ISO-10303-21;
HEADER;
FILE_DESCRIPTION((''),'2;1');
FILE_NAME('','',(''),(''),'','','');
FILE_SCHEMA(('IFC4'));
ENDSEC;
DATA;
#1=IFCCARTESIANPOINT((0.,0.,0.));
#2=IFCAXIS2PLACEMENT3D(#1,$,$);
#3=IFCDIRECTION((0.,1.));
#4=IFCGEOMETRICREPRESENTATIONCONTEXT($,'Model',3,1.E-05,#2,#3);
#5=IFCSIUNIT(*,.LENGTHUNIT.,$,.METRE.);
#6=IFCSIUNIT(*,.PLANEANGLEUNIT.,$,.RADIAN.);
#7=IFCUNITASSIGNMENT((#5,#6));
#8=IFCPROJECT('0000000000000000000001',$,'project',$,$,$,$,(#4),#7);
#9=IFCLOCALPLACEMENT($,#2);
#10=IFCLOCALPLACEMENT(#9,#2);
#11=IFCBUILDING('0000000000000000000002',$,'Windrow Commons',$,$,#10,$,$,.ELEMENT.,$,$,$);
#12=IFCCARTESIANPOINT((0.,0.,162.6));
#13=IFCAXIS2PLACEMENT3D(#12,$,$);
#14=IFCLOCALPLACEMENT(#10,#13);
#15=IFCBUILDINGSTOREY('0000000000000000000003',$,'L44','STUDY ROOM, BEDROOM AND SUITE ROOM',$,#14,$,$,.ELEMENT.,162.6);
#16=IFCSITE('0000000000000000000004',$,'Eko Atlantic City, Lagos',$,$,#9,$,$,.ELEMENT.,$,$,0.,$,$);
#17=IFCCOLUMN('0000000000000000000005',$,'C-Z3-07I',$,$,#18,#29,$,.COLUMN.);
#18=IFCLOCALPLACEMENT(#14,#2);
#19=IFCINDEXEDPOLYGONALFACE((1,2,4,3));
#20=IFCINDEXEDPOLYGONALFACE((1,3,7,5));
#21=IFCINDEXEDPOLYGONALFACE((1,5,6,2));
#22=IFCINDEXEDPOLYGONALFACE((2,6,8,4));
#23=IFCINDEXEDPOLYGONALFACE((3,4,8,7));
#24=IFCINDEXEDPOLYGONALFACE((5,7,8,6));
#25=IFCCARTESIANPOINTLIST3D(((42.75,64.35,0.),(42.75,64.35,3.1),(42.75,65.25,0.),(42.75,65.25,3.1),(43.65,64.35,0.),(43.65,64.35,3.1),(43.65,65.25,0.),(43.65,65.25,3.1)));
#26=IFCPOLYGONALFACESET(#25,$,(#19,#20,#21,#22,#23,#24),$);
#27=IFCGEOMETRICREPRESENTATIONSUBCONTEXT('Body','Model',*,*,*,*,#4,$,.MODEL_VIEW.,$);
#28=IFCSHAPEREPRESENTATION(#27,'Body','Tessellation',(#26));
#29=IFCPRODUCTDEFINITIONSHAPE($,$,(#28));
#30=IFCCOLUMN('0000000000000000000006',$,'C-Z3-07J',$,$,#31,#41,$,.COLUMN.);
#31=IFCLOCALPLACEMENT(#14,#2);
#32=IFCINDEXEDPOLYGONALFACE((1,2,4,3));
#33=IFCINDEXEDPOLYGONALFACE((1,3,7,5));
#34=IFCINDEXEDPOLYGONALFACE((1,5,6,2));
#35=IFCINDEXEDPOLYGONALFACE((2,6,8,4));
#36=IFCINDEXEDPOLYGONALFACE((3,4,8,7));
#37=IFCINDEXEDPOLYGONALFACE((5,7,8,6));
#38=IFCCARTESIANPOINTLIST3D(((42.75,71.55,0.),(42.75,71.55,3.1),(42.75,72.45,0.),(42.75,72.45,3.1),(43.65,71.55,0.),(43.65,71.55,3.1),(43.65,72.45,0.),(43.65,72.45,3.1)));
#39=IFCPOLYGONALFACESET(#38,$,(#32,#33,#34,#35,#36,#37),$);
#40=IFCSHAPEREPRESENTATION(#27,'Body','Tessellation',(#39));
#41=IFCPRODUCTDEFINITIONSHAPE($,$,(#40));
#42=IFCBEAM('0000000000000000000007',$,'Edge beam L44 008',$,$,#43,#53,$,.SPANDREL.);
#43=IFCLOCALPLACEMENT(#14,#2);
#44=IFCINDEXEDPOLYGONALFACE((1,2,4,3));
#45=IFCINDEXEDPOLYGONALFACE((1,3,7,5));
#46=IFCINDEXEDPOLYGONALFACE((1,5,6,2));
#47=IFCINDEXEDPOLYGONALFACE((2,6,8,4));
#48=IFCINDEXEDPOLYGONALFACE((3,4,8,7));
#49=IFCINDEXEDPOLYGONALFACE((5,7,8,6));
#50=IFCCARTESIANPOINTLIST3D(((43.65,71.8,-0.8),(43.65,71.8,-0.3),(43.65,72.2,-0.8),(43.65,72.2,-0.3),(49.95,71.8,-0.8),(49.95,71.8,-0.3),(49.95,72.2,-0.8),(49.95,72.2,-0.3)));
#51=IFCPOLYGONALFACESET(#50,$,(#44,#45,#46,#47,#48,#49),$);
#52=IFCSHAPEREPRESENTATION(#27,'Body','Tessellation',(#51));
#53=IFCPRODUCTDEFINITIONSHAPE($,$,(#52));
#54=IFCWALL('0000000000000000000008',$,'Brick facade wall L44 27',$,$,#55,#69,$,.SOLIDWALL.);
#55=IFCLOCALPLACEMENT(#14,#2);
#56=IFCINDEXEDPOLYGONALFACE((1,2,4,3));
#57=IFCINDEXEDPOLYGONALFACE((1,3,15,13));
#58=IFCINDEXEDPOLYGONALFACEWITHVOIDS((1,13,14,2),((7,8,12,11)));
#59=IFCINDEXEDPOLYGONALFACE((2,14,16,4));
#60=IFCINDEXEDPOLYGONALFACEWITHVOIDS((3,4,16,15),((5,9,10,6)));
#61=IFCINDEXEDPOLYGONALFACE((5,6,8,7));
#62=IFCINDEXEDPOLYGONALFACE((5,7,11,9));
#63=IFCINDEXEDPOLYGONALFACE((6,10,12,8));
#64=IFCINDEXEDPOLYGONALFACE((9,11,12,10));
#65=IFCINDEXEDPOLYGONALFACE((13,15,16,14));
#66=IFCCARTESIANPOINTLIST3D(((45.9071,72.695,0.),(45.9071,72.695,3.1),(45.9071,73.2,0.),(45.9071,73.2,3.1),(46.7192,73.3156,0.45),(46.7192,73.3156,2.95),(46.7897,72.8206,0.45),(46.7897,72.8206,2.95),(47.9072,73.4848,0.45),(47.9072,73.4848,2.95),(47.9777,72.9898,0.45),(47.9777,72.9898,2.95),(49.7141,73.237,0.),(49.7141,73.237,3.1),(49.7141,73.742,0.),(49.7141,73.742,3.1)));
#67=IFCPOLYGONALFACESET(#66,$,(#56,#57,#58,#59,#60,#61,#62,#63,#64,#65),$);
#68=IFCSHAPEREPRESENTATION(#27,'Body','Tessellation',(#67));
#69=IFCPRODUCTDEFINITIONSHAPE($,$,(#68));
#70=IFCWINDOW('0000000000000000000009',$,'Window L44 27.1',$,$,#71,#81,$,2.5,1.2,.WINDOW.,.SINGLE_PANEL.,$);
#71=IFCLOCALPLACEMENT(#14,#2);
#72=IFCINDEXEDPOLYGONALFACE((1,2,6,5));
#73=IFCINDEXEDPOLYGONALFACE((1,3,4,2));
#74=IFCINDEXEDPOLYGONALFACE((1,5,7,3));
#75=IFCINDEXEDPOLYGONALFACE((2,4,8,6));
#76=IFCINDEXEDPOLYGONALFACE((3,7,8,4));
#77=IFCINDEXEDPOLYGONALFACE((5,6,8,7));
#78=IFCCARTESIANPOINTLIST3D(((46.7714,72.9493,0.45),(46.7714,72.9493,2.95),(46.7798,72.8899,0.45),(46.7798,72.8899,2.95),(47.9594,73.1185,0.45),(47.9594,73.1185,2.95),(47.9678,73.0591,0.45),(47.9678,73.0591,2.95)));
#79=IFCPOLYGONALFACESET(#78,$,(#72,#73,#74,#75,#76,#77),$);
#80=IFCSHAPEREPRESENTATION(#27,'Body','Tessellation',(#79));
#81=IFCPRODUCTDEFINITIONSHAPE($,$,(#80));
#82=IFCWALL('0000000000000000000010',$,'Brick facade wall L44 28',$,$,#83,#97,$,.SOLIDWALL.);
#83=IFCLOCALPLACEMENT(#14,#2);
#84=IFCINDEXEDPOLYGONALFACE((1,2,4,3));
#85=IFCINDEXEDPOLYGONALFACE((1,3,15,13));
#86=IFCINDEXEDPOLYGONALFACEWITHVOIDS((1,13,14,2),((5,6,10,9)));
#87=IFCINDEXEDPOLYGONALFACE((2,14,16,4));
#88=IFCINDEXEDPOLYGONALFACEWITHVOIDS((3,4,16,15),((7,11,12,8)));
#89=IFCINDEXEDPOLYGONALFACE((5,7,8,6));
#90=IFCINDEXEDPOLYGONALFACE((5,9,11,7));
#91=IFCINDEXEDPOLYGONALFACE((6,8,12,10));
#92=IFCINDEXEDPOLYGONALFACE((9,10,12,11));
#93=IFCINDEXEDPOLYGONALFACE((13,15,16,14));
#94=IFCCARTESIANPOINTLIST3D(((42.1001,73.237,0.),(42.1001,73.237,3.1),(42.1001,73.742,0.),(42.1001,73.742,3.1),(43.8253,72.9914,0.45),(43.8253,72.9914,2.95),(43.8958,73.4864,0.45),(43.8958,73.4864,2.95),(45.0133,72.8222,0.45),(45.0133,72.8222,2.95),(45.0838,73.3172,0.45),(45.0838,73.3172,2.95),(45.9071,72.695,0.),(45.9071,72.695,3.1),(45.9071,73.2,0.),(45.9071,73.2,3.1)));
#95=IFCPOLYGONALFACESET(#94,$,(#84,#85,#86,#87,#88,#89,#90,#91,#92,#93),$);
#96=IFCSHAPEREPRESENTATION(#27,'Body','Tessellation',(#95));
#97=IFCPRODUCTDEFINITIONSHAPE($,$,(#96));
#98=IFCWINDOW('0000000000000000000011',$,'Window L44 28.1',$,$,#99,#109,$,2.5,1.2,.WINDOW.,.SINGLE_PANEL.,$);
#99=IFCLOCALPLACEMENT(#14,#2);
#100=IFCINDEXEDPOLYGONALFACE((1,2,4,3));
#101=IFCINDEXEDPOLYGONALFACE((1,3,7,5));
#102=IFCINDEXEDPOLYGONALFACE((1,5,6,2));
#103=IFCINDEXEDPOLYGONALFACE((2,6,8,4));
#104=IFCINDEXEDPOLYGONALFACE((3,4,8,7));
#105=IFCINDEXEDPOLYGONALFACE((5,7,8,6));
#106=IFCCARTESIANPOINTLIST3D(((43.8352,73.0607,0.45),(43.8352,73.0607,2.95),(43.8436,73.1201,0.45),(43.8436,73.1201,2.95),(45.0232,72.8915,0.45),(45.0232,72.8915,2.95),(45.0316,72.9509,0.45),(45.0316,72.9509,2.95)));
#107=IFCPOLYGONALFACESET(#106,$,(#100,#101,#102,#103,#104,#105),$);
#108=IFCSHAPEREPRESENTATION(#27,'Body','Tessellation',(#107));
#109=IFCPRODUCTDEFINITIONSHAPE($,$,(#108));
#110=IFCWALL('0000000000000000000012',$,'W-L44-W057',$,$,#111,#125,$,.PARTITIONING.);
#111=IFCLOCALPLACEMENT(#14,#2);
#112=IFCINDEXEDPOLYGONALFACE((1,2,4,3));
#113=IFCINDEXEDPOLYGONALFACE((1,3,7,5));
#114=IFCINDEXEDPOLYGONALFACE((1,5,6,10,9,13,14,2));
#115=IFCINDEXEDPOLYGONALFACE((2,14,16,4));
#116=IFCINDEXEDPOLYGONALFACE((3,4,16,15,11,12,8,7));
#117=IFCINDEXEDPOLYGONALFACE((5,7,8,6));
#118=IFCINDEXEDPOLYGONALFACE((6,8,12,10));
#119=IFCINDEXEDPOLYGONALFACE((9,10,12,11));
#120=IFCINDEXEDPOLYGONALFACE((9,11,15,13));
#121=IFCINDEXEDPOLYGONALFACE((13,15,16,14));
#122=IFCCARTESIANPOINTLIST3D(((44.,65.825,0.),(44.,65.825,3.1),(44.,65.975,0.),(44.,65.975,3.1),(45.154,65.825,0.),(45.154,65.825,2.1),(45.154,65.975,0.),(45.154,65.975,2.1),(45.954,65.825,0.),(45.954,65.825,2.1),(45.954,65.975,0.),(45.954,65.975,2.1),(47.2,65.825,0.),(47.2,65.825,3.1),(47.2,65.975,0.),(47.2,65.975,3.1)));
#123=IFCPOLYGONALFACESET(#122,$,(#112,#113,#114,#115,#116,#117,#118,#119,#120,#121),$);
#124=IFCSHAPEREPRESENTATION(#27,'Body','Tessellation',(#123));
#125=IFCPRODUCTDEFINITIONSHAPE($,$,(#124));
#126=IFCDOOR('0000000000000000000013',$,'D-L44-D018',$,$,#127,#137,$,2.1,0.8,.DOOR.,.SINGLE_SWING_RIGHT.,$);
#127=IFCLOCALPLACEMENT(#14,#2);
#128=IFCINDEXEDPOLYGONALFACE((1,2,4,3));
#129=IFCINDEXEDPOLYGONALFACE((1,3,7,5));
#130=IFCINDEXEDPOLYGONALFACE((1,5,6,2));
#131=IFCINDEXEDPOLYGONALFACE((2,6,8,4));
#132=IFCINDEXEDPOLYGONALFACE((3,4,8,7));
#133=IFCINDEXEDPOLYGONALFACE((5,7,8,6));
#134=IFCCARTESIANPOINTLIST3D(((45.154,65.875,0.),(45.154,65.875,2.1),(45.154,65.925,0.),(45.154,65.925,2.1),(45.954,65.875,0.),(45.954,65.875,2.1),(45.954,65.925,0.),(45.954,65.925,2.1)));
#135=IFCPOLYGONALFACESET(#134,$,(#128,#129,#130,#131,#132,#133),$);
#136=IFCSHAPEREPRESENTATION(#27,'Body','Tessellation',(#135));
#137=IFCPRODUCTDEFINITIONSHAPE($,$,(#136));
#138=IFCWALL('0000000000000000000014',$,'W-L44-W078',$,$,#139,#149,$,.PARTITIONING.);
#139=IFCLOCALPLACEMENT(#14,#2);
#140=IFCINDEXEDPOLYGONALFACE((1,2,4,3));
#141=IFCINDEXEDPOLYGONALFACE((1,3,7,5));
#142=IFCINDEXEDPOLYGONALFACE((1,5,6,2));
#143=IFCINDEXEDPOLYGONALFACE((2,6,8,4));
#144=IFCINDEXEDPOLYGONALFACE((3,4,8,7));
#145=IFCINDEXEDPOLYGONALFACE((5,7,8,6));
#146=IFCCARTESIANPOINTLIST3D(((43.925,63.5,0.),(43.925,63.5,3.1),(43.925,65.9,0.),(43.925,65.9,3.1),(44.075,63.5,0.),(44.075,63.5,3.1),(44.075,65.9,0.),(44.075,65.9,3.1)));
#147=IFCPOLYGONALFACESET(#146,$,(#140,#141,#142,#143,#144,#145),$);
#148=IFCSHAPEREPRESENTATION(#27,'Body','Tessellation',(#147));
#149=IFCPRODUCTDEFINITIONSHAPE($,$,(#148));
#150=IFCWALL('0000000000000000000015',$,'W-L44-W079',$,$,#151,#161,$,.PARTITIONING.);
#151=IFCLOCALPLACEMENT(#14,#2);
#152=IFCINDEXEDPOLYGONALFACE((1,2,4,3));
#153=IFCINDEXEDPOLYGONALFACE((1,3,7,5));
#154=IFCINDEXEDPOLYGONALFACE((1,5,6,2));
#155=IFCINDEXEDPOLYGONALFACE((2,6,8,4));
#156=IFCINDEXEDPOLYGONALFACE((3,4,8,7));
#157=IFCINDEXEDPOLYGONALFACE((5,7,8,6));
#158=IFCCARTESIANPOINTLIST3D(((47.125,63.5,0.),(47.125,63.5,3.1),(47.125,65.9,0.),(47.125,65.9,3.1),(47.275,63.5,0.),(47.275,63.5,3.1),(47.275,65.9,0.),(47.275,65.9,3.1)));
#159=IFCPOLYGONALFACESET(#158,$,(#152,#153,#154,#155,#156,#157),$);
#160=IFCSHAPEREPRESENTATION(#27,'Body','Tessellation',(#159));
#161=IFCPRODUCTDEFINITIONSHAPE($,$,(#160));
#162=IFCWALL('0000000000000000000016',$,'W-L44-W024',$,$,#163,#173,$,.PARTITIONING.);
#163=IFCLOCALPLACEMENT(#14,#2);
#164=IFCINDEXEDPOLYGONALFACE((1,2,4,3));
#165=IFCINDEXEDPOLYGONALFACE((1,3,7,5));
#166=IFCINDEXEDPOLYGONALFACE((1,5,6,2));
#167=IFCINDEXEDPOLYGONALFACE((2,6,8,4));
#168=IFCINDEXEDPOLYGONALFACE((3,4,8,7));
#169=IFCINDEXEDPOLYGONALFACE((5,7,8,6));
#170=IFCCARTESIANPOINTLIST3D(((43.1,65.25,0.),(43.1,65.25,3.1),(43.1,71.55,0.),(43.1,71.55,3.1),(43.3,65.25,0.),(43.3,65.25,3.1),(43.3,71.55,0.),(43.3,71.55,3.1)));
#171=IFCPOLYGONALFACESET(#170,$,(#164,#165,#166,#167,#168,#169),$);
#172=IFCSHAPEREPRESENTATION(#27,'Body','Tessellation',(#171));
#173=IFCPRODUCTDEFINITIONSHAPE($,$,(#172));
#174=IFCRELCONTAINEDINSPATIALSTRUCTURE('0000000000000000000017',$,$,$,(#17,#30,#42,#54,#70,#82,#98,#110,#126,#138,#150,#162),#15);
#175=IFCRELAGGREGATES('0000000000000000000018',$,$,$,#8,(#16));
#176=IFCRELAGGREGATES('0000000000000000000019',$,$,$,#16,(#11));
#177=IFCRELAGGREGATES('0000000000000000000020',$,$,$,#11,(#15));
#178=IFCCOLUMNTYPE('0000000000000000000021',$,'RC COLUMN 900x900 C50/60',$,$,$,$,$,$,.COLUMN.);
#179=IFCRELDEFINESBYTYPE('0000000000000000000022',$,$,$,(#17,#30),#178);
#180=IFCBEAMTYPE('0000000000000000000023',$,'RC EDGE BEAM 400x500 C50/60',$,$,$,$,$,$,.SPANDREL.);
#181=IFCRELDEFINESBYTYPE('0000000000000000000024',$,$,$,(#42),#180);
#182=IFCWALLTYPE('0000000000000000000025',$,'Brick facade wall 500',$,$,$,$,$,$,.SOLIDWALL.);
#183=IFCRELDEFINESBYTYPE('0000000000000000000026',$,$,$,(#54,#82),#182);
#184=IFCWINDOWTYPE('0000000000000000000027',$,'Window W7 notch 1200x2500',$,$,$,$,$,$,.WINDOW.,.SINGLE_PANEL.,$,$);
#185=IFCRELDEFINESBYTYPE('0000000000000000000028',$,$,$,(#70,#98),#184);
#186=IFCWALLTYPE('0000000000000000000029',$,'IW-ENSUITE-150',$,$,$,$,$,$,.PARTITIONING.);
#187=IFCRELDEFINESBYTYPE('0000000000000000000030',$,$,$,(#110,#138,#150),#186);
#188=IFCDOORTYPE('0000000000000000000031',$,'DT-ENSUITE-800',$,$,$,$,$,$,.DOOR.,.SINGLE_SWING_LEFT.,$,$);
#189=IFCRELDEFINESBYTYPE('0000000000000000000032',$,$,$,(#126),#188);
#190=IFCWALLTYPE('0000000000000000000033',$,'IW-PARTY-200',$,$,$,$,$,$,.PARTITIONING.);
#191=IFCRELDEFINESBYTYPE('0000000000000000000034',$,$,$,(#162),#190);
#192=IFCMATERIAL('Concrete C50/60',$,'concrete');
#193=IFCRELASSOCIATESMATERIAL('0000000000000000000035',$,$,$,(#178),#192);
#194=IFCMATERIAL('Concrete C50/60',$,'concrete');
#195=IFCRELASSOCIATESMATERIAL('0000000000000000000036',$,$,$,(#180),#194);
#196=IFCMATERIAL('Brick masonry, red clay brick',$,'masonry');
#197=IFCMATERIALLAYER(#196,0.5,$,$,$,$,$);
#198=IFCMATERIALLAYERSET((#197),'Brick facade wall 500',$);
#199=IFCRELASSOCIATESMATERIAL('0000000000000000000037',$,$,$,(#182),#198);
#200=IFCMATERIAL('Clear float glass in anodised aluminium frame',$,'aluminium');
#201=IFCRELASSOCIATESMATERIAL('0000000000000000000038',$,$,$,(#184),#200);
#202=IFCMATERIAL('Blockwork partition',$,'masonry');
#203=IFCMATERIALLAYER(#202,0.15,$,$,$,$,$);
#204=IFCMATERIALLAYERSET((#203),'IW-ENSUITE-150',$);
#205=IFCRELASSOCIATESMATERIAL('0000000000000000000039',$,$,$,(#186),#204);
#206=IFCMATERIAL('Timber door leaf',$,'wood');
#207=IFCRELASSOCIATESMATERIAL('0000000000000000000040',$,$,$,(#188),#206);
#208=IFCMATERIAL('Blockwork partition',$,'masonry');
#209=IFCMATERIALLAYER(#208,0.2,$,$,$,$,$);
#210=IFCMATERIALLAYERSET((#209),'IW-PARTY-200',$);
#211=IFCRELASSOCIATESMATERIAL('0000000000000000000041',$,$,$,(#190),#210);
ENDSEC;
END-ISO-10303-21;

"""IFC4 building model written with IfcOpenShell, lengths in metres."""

from ifc_helpers import new_model, si_unit, direction, frame, frame_2d, origin, origin_2d, place, context, subcontext, project, spatial, polyline, rectangle, outline, extrude, material, layer, layer_set, material_profile, profile_set, type_object, element, fill, save


model = new_model("IFC4")

# Units and contexts
model_context = context("Model", 3, precision=1e-05, world=origin(), true_north=direction((0.0, 1.0)))
body_context = subcontext(model_context, "Body", "Model", "MODEL_VIEW")
ifc_project = project(units=[si_unit("LENGTHUNIT", "METRE"), si_unit("PLANEANGLEUNIT", "RADIAN")], contexts=[model_context])

# Site, building, storey
site_placement = place(None, origin())
site = spatial("IfcSite", under=ifc_project, at=site_placement, Name="Eko Atlantic City, Lagos", CompositionType="ELEMENT", RefElevation=0.0)
building_placement = place(site_placement, origin())
building = spatial("IfcBuilding", under=site, at=building_placement, Name="Windrow Commons", CompositionType="ELEMENT")
storey_placement = place(building_placement, frame((0.0, 0.0, 162.6)))
storey = spatial("IfcBuildingStorey", under=building, at=storey_placement, Name="L44", Description="STUDY ROOM, BEDROOM AND SUITE ROOM", CompositionType="ELEMENT", Elevation=162.6)

# Columns
ifc_material_1 = material(Name="Concrete C50/60", Category="concrete")
ifc_material_profile_1 = material_profile(ifc_material_1, rectangle(XDim=0.9, YDim=0.9, at=origin_2d()))
ifc_profile_set_1 = profile_set([ifc_material_profile_1], Name="Concrete C50/60")
column_type = type_object("IfcColumnType", Name="RC COLUMN 900x900 C50/60", PredefinedType="COLUMN", material=ifc_profile_set_1)
for number, where, z_axis, x_axis, name in (
    (1, (43.2, 64.8, 0.0), (0.0, 0.0, 1.0), (1.0, 0.0, 0.0), "C-Z3-07I"),
    (2, (43.2, 72.0, 0.0), (0.0, 0.0, 1.0), (1.0, 0.0, 0.0), "C-Z3-07J"),
):
    element("IfcColumn", number, at=place(storey_placement, frame(where, z_axis=z_axis, x_axis=x_axis)), inside=storey, type_object=column_type, Name=name, PredefinedType="COLUMN", context=body_context, shape_type="SweptSolid", body=[
        extrude(rectangle(XDim=0.9, YDim=0.9, at=origin_2d()), origin(), (0.0, 0.0, 1.0), 3.1),
    ])

# Beam
ifc_material_2 = material(Name="Concrete C50/60", Category="concrete")
ifc_material_profile_2 = material_profile(ifc_material_2, rectangle(XDim=0.4, YDim=0.5, at=origin_2d()))
ifc_profile_set_2 = profile_set([ifc_material_profile_2], Name="Concrete C50/60")
beam_type = type_object("IfcBeamType", Name="RC EDGE BEAM 400x500 C50/60", PredefinedType="SPANDREL", material=ifc_profile_set_2)
beam_placement = place(storey_placement, frame((43.65, 72.0, -0.55), z_axis=(1.0, 0.0, 0.0), x_axis=(0.0, 1.0, 0.0)))
element("IfcBeam", 3, at=beam_placement, inside=storey, type_object=beam_type, Name="Edge beam L44 008", PredefinedType="SPANDREL", context=body_context, shape_type="SweptSolid", body=[
    extrude(rectangle(XDim=0.4, YDim=0.5, at=origin_2d()), origin(), (0.0, 0.0, 1.0), 6.3),
])

# Walls, openings, windows
ifc_material_3 = material(Name="Brick masonry, red clay brick", Category="masonry")
ifc_layer_1 = layer(ifc_material_3, 0.5)
ifc_layer_set_1 = layer_set([ifc_layer_1], Name="Brick facade wall 500")
wall_type_1 = type_object("IfcWallType", Name="Brick facade wall 500", PredefinedType="SOLIDWALL", material=ifc_layer_set_1)
wall_1_placement = place(storey_placement, frame((49.7141, 73.4895, 0.0), z_axis=(0.0, 0.0, 1.0), x_axis=(-0.990017, -0.140948, 0.0)))
wall_1 = element("IfcWall", 4, at=wall_1_placement, inside=storey, type_object=wall_type_1, Name="Brick facade wall L44 27", PredefinedType="SOLIDWALL", context=body_context, shape_type="SweptSolid", body=[
    extrude(outline(polyline([(-0.0356, -0.25), (3.8098, -0.25), (3.881, 0.25), (0.0356, 0.25), (-0.0356, -0.25)])), origin(), (0.0, 0.0, 1.0), 3.1),
])
opening_1_placement = place(wall_1_placement, frame((1.7895, 0.0, 0.45)))
opening_1 = element("IfcOpeningElement", 5, at=opening_1_placement, cuts=wall_1, PredefinedType="OPENING", context=body_context, shape_type="SweptSolid", body=[
    extrude(rectangle(XDim=1.2, YDim=2.5, at=frame_2d((0.6, 1.25))), frame((0.0, 0.26, 0.0), z_axis=(0.0, -1.0, 0.0), x_axis=(1.0, 0.0, 0.0)), (0.0, 0.0, 1.0), 0.52),
])
ifc_material_4 = material(Name="Clear float glass in anodised aluminium frame", Category="aluminium")
window_type = type_object("IfcWindowType", Name="Window W7 notch 1200x2500", PartitioningType="SINGLE_PANEL", PredefinedType="WINDOW", material=ifc_material_4)
window_1_placement = place(opening_1_placement, origin())
window_1 = element("IfcWindow", 6, at=window_1_placement, inside=storey, type_object=window_type, Name="Window L44 27.1", OverallHeight=2.5, OverallWidth=1.2, PartitioningType="SINGLE_PANEL", PredefinedType="WINDOW", context=body_context, shape_type="SweptSolid", body=[
    extrude(rectangle(XDim=1.2, YDim=2.5, at=frame_2d((0.6, 1.25))), frame((0.0, 0.18, 0.0), z_axis=(0.0, -1.0, 0.0), x_axis=(1.0, 0.0, 0.0)), (0.0, 0.0, 1.0), 0.06),
])
fill(opening_1, window_1)
wall_2_placement = place(storey_placement, frame((45.9071, 72.9475, 0.0), z_axis=(0.0, 0.0, 1.0), x_axis=(-0.990018, 0.140944, 0.0)))
wall_2 = element("IfcWall", 7, at=wall_2_placement, inside=storey, type_object=wall_type_1, Name="Brick facade wall L44 28", PredefinedType="SOLIDWALL", context=body_context, shape_type="SweptSolid", body=[
    extrude(outline(polyline([(0.0356, -0.25), (3.881, -0.25), (3.8098, 0.25), (-0.0356, 0.25), (0.0356, -0.25)])), origin(), (0.0, 0.0, 1.0), 3.1),
])
opening_2_placement = place(wall_2_placement, frame((0.8672, 0.0, 0.45)))
opening_2 = element("IfcOpeningElement", 8, at=opening_2_placement, cuts=wall_2, PredefinedType="OPENING", context=body_context, shape_type="SweptSolid", body=[
    extrude(rectangle(XDim=1.2, YDim=2.5, at=frame_2d((0.6, 1.25))), frame((0.0, 0.26, 0.0), z_axis=(0.0, -1.0, 0.0), x_axis=(1.0, 0.0, 0.0)), (0.0, 0.0, 1.0), 0.52),
])
window_2_placement = place(opening_2_placement, origin())
window_2 = element("IfcWindow", 9, at=window_2_placement, inside=storey, type_object=window_type, Name="Window L44 28.1", OverallHeight=2.5, OverallWidth=1.2, PartitioningType="SINGLE_PANEL", PredefinedType="WINDOW", context=body_context, shape_type="SweptSolid", body=[
    extrude(rectangle(XDim=1.2, YDim=2.5, at=frame_2d((0.6, 1.25))), frame((0.0, 0.18, 0.0), z_axis=(0.0, -1.0, 0.0), x_axis=(1.0, 0.0, 0.0)), (0.0, 0.0, 1.0), 0.06),
])
fill(opening_2, window_2)

# Wall, opening, door
ifc_material_5 = material(Name="Blockwork partition", Category="masonry")
ifc_layer_2 = layer(ifc_material_5, 0.15)
ifc_layer_set_2 = layer_set([ifc_layer_2], Name="IW-ENSUITE-150")
wall_type_2 = type_object("IfcWallType", Name="IW-ENSUITE-150", PredefinedType="PARTITIONING", material=ifc_layer_set_2)
wall_3_placement = place(storey_placement, frame((44.0, 65.9, 0.0), z_axis=(0.0, 0.0, 1.0), x_axis=(1.0, 0.0, 0.0)))
wall_3 = element("IfcWall", 10, at=wall_3_placement, inside=storey, type_object=wall_type_2, Name="W-L44-W057", PredefinedType="PARTITIONING", context=body_context, shape_type="SweptSolid", body=[
    extrude(rectangle(XDim=3.2, YDim=0.15, at=frame_2d((1.6, 0.0))), origin(), (0.0, 0.0, 1.0), 3.1),
])
opening_3_placement = place(wall_3_placement, frame((1.154, 0.0, 0.0)))
opening_3 = element("IfcOpeningElement", 11, at=opening_3_placement, cuts=wall_3, PredefinedType="OPENING", context=body_context, shape_type="SweptSolid", body=[
    extrude(rectangle(XDim=0.8, YDim=2.1, at=frame_2d((0.4, 1.05))), frame((0.0, 0.085, 0.0), z_axis=(0.0, -1.0, 0.0), x_axis=(1.0, 0.0, 0.0)), (0.0, 0.0, 1.0), 0.17),
])
ifc_material_6 = material(Name="Timber door leaf", Category="wood")
door_type = type_object("IfcDoorType", Name="DT-ENSUITE-800", OperationType="SINGLE_SWING_LEFT", PredefinedType="DOOR", material=ifc_material_6)
door_placement = place(opening_3_placement, origin())
door = element("IfcDoor", 12, at=door_placement, inside=storey, type_object=door_type, Name="D-L44-D018", OperationType="SINGLE_SWING_RIGHT", OverallHeight=2.1, OverallWidth=0.8, PredefinedType="DOOR", context=body_context, shape_type="SweptSolid", body=[
    extrude(rectangle(XDim=0.8, YDim=2.1, at=frame_2d((0.4, 1.05))), frame((0.0, 0.025, 0.0), z_axis=(0.0, -1.0, 0.0), x_axis=(1.0, 0.0, 0.0)), (0.0, 0.0, 1.0), 0.05),
])
fill(opening_3, door)

# Walls
for number, where, z_axis, x_axis, name in (
    (13, (44.0, 63.5, 0.0), (0.0, 0.0, 1.0), (0.0, 1.0, 0.0), "W-L44-W078"),
    (14, (47.2, 63.5, 0.0), (0.0, 0.0, 1.0), (0.0, 1.0, 0.0), "W-L44-W079"),
):
    element("IfcWall", number, at=place(storey_placement, frame(where, z_axis=z_axis, x_axis=x_axis)), inside=storey, type_object=wall_type_2, Name=name, PredefinedType="PARTITIONING", context=body_context, shape_type="SweptSolid", body=[
        extrude(rectangle(XDim=2.4, YDim=0.15, at=frame_2d((1.2, 0.0))), origin(), (0.0, 0.0, 1.0), 3.1),
    ])
ifc_material_7 = material(Name="Blockwork partition", Category="masonry")
ifc_layer_3 = layer(ifc_material_7, 0.2)
ifc_layer_set_3 = layer_set([ifc_layer_3], Name="IW-PARTY-200")
wall_type_3 = type_object("IfcWallType", Name="IW-PARTY-200", PredefinedType="PARTITIONING", material=ifc_layer_set_3)
wall_4_placement = place(storey_placement, frame((43.2, 65.25, 0.0), z_axis=(0.0, 0.0, 1.0), x_axis=(0.0, 1.0, 0.0)))
element("IfcWall", 15, at=wall_4_placement, inside=storey, type_object=wall_type_3, Name="W-L44-W024", PredefinedType="PARTITIONING", context=body_context, shape_type="SweptSolid", body=[
    extrude(rectangle(XDim=6.3, YDim=0.2, at=frame_2d((3.15, 0.0))), origin(), (0.0, 0.0, 1.0), 3.1),
])

save(model, "model.ifc")
